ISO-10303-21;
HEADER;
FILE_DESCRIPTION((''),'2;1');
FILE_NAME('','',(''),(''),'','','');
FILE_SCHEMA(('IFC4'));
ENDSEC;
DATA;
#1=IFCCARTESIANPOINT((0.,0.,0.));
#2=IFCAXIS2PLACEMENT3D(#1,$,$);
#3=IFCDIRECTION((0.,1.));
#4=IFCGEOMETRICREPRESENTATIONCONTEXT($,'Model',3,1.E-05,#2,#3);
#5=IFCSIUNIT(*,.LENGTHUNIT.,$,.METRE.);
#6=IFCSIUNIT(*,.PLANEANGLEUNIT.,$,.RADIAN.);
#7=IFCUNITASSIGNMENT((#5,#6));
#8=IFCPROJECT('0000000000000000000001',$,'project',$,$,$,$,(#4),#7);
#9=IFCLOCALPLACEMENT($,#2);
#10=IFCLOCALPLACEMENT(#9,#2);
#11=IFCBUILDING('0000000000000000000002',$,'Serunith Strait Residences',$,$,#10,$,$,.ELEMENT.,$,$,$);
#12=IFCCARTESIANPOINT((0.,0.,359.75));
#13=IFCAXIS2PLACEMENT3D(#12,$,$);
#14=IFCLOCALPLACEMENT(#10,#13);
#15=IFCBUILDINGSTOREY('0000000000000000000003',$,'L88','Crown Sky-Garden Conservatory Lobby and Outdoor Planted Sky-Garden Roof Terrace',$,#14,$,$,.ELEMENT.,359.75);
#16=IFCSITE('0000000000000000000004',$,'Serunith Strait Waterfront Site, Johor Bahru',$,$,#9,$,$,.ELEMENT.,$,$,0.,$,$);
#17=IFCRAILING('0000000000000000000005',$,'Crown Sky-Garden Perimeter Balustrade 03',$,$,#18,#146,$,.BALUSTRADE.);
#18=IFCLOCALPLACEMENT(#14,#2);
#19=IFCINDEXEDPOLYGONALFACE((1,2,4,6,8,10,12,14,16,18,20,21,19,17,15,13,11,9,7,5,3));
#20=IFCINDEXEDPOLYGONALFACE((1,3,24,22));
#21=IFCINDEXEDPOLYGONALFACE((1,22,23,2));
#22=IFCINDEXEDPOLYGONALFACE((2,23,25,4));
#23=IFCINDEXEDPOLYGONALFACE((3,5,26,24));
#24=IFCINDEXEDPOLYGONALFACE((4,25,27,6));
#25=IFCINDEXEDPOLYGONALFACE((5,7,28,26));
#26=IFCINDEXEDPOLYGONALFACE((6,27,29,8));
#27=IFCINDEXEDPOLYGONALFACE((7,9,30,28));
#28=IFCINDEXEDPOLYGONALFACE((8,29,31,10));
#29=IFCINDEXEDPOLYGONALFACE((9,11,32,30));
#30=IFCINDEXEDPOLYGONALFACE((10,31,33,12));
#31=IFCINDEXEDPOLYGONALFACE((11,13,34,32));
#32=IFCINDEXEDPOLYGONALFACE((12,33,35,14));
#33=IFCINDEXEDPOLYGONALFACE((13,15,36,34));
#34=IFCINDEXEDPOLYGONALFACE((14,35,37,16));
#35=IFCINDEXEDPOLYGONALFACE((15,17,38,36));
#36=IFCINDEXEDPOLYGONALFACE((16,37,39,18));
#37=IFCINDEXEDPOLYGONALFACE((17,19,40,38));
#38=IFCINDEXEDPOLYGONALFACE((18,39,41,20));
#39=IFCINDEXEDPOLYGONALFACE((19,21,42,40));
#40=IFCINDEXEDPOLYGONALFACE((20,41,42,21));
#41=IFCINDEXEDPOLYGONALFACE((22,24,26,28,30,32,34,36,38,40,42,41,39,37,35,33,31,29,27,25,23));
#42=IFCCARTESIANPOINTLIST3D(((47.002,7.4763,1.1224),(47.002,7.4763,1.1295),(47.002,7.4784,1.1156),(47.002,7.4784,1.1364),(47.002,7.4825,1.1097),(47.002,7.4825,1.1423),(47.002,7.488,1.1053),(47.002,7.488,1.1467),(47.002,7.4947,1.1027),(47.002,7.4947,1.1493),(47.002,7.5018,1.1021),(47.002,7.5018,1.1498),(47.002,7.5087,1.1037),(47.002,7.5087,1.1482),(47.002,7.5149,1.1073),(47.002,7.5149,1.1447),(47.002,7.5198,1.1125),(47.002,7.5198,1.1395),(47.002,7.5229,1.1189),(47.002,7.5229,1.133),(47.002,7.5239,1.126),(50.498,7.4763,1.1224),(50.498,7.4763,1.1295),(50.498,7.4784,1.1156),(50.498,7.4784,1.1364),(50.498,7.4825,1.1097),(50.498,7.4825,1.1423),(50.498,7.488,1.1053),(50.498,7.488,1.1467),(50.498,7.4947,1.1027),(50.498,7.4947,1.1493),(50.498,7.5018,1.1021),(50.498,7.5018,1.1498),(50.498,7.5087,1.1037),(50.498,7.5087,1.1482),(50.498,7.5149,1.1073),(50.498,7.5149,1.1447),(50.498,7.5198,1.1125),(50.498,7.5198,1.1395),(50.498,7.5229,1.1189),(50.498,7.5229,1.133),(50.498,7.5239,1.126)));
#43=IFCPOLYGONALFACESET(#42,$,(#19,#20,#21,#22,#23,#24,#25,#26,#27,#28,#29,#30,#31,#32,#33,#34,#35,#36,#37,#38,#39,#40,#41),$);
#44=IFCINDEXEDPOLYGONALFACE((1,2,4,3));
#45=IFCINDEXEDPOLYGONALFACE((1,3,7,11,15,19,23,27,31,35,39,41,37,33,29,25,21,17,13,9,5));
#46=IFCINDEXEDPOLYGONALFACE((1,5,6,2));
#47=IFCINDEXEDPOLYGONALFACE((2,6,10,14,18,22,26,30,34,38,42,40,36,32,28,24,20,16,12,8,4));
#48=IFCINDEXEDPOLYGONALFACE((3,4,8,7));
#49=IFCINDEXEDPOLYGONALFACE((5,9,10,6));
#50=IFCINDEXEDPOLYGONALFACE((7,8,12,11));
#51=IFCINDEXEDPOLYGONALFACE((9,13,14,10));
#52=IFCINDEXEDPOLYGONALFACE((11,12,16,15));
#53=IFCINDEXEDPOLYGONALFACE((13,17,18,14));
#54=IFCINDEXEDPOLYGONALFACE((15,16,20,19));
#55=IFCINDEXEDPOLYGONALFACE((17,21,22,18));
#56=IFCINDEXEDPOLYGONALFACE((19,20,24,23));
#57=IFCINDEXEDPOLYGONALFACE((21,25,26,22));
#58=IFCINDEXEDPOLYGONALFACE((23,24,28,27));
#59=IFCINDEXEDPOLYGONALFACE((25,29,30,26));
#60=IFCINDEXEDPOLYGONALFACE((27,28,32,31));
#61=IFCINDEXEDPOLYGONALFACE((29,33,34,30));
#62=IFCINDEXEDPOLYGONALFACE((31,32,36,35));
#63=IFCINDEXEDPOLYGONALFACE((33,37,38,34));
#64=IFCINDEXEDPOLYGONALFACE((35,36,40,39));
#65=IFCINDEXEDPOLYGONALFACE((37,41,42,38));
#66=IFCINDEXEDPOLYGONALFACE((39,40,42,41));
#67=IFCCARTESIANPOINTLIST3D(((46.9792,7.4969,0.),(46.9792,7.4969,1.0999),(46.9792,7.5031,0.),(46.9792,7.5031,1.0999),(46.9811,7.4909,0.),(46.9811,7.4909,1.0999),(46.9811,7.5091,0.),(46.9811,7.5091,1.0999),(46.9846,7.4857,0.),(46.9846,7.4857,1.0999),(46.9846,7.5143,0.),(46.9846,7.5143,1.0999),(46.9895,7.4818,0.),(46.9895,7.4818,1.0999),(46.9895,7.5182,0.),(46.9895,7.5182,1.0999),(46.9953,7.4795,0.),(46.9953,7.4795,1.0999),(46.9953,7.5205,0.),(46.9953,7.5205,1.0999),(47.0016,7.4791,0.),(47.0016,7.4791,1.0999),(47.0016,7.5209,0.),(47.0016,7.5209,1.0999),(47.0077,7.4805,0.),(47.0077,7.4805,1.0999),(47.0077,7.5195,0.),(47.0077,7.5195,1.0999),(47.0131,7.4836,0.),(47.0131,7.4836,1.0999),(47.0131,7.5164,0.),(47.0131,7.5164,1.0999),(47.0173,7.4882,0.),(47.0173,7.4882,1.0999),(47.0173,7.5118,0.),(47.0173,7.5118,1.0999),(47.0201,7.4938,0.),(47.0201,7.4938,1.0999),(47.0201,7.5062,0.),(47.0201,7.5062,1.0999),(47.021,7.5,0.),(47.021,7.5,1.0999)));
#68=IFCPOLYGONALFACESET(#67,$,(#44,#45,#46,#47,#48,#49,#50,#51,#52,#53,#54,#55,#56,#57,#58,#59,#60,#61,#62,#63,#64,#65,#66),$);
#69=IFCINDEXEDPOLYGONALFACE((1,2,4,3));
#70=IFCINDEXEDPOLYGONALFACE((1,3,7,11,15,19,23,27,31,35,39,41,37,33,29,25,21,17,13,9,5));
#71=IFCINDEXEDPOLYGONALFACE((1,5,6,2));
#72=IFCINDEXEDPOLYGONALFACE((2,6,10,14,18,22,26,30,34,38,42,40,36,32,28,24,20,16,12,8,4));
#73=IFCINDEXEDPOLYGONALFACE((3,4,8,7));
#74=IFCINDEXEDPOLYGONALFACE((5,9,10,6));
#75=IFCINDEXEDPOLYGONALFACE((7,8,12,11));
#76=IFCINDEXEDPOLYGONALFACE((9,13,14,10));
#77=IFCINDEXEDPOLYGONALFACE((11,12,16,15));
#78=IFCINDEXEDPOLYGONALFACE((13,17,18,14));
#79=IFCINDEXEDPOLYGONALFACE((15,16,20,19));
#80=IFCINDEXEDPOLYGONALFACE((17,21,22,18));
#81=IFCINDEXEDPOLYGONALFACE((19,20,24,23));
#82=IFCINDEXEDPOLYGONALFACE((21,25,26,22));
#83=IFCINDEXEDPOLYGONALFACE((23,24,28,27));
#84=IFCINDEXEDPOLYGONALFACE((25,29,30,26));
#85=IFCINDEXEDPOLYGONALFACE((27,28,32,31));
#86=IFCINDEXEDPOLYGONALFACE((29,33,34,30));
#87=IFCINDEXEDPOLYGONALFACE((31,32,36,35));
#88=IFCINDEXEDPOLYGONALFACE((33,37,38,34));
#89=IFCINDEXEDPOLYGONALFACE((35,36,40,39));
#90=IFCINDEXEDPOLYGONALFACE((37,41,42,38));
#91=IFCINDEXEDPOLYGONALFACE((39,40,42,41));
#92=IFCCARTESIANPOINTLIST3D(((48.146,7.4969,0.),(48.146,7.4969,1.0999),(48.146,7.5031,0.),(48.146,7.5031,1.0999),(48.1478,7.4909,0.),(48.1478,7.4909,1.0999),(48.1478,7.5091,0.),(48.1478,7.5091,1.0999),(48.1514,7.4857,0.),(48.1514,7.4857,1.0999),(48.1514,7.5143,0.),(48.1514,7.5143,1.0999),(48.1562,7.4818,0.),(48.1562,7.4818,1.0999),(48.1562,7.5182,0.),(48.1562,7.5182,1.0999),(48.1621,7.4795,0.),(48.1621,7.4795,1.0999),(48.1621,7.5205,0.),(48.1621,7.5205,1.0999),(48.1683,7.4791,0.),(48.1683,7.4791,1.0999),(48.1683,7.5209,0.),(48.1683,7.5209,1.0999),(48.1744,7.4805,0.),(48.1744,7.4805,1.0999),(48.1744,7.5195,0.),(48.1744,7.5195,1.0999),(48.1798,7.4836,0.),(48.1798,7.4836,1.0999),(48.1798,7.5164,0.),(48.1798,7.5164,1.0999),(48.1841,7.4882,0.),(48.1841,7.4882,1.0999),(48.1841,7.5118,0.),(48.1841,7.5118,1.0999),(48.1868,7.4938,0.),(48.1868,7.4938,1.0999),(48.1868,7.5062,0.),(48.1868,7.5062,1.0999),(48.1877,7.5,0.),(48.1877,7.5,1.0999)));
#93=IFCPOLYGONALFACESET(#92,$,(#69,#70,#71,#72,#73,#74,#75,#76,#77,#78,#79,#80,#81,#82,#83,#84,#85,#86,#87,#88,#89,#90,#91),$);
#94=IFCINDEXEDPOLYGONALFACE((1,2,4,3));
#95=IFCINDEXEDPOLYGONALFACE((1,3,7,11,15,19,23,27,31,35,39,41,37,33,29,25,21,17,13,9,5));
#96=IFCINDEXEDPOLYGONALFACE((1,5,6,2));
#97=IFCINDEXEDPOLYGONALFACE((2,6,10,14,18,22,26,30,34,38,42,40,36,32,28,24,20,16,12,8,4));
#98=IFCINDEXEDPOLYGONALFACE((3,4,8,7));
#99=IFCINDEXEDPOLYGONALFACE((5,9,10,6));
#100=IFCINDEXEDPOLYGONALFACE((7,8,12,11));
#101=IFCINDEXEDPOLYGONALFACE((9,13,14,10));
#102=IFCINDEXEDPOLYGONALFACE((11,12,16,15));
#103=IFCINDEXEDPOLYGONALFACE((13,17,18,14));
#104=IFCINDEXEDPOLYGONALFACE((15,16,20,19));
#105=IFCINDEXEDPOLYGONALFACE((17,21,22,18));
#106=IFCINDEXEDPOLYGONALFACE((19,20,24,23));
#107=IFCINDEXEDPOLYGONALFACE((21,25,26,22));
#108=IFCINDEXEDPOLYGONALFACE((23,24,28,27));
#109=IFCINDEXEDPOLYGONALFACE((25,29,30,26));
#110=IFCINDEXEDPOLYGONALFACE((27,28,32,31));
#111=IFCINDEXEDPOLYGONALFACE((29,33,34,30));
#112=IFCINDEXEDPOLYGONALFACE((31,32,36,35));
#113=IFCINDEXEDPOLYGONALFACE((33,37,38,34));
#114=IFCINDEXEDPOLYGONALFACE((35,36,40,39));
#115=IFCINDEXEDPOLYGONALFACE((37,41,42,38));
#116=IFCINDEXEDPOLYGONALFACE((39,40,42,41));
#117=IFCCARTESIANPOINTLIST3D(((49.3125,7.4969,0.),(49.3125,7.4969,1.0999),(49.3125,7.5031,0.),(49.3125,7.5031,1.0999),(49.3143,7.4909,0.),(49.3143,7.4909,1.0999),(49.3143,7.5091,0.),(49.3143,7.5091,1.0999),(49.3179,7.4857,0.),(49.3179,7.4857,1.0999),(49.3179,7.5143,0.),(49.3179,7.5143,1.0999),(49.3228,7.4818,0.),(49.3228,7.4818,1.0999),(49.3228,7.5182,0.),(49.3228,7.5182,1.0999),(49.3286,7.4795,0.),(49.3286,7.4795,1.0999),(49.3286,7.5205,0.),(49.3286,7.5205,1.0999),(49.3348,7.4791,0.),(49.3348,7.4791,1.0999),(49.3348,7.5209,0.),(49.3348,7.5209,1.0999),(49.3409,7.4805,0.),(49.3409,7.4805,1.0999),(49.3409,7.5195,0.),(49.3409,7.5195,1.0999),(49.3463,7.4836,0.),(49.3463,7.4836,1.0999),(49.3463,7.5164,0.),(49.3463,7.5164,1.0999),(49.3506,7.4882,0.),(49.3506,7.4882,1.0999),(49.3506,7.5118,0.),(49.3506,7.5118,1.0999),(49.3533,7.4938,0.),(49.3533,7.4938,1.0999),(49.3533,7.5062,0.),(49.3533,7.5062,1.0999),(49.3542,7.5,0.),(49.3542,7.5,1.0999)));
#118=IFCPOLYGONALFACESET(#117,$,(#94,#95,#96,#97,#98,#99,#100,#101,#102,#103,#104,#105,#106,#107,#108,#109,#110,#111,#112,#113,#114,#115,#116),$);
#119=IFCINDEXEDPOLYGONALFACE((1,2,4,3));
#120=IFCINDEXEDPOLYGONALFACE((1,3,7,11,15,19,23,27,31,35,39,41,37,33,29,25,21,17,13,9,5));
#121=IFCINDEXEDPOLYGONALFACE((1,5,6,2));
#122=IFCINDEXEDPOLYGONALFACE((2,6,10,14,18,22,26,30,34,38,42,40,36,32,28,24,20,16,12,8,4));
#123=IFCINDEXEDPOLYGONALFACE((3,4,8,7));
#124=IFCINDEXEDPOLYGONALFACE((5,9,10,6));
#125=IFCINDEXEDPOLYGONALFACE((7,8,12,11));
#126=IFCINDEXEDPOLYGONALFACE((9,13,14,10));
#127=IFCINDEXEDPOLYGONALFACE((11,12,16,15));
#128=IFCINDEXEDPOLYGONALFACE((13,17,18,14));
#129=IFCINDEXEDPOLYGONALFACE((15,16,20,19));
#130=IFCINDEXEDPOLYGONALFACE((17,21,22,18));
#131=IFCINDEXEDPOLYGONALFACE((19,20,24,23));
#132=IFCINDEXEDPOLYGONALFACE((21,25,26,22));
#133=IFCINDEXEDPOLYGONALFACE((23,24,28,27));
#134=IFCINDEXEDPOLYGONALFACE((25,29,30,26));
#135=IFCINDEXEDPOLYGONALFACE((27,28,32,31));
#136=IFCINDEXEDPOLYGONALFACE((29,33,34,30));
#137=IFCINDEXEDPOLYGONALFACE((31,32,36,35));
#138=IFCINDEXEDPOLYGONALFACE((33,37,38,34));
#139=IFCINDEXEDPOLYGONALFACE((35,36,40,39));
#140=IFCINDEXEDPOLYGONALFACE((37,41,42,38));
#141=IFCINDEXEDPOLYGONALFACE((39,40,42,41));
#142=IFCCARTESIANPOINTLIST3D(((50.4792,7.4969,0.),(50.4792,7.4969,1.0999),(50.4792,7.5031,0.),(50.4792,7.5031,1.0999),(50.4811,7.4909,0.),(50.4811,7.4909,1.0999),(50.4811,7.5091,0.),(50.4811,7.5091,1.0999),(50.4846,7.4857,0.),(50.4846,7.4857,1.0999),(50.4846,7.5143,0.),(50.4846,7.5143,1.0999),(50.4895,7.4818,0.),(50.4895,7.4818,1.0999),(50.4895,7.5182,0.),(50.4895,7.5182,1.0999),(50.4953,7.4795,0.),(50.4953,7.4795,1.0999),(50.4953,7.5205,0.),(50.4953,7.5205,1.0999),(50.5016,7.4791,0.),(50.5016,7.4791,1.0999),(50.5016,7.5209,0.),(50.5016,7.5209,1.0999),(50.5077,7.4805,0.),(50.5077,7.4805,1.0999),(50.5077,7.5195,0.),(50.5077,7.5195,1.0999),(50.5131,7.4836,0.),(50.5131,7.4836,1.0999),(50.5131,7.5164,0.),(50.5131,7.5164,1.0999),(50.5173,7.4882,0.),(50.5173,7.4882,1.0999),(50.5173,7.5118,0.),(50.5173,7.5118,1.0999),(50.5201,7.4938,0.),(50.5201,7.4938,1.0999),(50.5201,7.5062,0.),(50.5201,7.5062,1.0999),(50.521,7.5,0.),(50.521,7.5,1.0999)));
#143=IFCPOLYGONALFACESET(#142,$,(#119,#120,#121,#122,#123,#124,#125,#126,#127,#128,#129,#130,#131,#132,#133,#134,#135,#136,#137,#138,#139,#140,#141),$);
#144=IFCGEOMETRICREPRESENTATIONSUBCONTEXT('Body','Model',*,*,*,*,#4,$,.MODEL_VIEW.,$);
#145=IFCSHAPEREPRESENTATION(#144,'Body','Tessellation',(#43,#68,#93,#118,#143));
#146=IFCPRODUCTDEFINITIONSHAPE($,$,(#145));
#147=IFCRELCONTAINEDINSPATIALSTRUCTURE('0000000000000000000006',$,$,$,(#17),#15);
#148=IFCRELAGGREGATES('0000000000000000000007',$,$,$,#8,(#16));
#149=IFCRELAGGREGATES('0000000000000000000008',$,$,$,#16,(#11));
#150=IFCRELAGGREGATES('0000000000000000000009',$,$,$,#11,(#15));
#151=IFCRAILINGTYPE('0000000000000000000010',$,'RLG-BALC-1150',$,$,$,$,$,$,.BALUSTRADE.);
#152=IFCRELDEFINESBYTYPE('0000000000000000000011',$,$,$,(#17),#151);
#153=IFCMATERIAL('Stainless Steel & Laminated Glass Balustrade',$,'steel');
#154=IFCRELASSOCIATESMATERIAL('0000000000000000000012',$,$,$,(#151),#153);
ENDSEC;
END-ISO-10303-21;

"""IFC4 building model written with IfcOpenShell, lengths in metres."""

from ifc_helpers import new_model, si_unit, direction, frame, origin, origin_2d, place, context, subcontext, project, spatial, circle, extrude, material, type_object, element, save


model = new_model("IFC4")

# Units and contexts
model_context = context("Model", 3, precision=1e-05, world=origin(), true_north=direction((0.0, 1.0)))
body_context = subcontext(model_context, "Body", "Model", "MODEL_VIEW")
ifc_project = project(units=[si_unit("LENGTHUNIT", "METRE"), si_unit("PLANEANGLEUNIT", "RADIAN")], contexts=[model_context])

# Site, building, storey
site_placement = place(None, origin())
site = spatial("IfcSite", under=ifc_project, at=site_placement, Name="Serunith Strait Waterfront Site, Johor Bahru", CompositionType="ELEMENT", RefElevation=0.0)
building_placement = place(site_placement, origin())
building = spatial("IfcBuilding", under=site, at=building_placement, Name="Serunith Strait Residences", CompositionType="ELEMENT")
storey_placement = place(building_placement, frame((0.0, 0.0, 359.75)))
storey = spatial("IfcBuildingStorey", under=building, at=storey_placement, Name="L88", Description="Crown Sky-Garden Conservatory Lobby and Outdoor Planted Sky-Garden Roof Terrace", CompositionType="ELEMENT", Elevation=359.75)

# Railing
ifc_material_1 = material(Name="Stainless Steel & Laminated Glass Balustrade", Category="steel")
railing_type_1 = type_object("IfcRailingType", Name="RLG-BALC-1150", PredefinedType="BALUSTRADE", material=ifc_material_1)
railing_1_placement = place(storey_placement, frame((47.0, 7.5, 0.0)))
element("IfcRailing", 1, at=railing_1_placement, inside=storey, type_object=railing_type_1, Name="Crown Sky-Garden Perimeter Balustrade 03", PredefinedType="BALUSTRADE", context=body_context, shape_type="SweptSolid", body=[
    extrude(circle(Radius=0.0239, at=origin_2d()), frame((0.002, 0.0, 1.126), z_axis=(1.0, 0.0, 0.0), x_axis=(0.0, 1.0, 0.0)), (0.0, 0.0, 1.0), 3.4961),
    extrude(circle(Radius=0.021, at=origin_2d()), origin(), (0.0, 0.0, 1.0), 1.0999),
    extrude(circle(Radius=0.021, at=origin_2d()), frame((1.1667, 0.0, 0.0)), (0.0, 0.0, 1.0), 1.0999),
    extrude(circle(Radius=0.021, at=origin_2d()), frame((2.3333, 0.0, 0.0)), (0.0, 0.0, 1.0), 1.0999),
    extrude(circle(Radius=0.021, at=origin_2d()), frame((3.5, 0.0, 0.0)), (0.0, 0.0, 1.0), 1.0999),
])

save(model, "model.ifc")
